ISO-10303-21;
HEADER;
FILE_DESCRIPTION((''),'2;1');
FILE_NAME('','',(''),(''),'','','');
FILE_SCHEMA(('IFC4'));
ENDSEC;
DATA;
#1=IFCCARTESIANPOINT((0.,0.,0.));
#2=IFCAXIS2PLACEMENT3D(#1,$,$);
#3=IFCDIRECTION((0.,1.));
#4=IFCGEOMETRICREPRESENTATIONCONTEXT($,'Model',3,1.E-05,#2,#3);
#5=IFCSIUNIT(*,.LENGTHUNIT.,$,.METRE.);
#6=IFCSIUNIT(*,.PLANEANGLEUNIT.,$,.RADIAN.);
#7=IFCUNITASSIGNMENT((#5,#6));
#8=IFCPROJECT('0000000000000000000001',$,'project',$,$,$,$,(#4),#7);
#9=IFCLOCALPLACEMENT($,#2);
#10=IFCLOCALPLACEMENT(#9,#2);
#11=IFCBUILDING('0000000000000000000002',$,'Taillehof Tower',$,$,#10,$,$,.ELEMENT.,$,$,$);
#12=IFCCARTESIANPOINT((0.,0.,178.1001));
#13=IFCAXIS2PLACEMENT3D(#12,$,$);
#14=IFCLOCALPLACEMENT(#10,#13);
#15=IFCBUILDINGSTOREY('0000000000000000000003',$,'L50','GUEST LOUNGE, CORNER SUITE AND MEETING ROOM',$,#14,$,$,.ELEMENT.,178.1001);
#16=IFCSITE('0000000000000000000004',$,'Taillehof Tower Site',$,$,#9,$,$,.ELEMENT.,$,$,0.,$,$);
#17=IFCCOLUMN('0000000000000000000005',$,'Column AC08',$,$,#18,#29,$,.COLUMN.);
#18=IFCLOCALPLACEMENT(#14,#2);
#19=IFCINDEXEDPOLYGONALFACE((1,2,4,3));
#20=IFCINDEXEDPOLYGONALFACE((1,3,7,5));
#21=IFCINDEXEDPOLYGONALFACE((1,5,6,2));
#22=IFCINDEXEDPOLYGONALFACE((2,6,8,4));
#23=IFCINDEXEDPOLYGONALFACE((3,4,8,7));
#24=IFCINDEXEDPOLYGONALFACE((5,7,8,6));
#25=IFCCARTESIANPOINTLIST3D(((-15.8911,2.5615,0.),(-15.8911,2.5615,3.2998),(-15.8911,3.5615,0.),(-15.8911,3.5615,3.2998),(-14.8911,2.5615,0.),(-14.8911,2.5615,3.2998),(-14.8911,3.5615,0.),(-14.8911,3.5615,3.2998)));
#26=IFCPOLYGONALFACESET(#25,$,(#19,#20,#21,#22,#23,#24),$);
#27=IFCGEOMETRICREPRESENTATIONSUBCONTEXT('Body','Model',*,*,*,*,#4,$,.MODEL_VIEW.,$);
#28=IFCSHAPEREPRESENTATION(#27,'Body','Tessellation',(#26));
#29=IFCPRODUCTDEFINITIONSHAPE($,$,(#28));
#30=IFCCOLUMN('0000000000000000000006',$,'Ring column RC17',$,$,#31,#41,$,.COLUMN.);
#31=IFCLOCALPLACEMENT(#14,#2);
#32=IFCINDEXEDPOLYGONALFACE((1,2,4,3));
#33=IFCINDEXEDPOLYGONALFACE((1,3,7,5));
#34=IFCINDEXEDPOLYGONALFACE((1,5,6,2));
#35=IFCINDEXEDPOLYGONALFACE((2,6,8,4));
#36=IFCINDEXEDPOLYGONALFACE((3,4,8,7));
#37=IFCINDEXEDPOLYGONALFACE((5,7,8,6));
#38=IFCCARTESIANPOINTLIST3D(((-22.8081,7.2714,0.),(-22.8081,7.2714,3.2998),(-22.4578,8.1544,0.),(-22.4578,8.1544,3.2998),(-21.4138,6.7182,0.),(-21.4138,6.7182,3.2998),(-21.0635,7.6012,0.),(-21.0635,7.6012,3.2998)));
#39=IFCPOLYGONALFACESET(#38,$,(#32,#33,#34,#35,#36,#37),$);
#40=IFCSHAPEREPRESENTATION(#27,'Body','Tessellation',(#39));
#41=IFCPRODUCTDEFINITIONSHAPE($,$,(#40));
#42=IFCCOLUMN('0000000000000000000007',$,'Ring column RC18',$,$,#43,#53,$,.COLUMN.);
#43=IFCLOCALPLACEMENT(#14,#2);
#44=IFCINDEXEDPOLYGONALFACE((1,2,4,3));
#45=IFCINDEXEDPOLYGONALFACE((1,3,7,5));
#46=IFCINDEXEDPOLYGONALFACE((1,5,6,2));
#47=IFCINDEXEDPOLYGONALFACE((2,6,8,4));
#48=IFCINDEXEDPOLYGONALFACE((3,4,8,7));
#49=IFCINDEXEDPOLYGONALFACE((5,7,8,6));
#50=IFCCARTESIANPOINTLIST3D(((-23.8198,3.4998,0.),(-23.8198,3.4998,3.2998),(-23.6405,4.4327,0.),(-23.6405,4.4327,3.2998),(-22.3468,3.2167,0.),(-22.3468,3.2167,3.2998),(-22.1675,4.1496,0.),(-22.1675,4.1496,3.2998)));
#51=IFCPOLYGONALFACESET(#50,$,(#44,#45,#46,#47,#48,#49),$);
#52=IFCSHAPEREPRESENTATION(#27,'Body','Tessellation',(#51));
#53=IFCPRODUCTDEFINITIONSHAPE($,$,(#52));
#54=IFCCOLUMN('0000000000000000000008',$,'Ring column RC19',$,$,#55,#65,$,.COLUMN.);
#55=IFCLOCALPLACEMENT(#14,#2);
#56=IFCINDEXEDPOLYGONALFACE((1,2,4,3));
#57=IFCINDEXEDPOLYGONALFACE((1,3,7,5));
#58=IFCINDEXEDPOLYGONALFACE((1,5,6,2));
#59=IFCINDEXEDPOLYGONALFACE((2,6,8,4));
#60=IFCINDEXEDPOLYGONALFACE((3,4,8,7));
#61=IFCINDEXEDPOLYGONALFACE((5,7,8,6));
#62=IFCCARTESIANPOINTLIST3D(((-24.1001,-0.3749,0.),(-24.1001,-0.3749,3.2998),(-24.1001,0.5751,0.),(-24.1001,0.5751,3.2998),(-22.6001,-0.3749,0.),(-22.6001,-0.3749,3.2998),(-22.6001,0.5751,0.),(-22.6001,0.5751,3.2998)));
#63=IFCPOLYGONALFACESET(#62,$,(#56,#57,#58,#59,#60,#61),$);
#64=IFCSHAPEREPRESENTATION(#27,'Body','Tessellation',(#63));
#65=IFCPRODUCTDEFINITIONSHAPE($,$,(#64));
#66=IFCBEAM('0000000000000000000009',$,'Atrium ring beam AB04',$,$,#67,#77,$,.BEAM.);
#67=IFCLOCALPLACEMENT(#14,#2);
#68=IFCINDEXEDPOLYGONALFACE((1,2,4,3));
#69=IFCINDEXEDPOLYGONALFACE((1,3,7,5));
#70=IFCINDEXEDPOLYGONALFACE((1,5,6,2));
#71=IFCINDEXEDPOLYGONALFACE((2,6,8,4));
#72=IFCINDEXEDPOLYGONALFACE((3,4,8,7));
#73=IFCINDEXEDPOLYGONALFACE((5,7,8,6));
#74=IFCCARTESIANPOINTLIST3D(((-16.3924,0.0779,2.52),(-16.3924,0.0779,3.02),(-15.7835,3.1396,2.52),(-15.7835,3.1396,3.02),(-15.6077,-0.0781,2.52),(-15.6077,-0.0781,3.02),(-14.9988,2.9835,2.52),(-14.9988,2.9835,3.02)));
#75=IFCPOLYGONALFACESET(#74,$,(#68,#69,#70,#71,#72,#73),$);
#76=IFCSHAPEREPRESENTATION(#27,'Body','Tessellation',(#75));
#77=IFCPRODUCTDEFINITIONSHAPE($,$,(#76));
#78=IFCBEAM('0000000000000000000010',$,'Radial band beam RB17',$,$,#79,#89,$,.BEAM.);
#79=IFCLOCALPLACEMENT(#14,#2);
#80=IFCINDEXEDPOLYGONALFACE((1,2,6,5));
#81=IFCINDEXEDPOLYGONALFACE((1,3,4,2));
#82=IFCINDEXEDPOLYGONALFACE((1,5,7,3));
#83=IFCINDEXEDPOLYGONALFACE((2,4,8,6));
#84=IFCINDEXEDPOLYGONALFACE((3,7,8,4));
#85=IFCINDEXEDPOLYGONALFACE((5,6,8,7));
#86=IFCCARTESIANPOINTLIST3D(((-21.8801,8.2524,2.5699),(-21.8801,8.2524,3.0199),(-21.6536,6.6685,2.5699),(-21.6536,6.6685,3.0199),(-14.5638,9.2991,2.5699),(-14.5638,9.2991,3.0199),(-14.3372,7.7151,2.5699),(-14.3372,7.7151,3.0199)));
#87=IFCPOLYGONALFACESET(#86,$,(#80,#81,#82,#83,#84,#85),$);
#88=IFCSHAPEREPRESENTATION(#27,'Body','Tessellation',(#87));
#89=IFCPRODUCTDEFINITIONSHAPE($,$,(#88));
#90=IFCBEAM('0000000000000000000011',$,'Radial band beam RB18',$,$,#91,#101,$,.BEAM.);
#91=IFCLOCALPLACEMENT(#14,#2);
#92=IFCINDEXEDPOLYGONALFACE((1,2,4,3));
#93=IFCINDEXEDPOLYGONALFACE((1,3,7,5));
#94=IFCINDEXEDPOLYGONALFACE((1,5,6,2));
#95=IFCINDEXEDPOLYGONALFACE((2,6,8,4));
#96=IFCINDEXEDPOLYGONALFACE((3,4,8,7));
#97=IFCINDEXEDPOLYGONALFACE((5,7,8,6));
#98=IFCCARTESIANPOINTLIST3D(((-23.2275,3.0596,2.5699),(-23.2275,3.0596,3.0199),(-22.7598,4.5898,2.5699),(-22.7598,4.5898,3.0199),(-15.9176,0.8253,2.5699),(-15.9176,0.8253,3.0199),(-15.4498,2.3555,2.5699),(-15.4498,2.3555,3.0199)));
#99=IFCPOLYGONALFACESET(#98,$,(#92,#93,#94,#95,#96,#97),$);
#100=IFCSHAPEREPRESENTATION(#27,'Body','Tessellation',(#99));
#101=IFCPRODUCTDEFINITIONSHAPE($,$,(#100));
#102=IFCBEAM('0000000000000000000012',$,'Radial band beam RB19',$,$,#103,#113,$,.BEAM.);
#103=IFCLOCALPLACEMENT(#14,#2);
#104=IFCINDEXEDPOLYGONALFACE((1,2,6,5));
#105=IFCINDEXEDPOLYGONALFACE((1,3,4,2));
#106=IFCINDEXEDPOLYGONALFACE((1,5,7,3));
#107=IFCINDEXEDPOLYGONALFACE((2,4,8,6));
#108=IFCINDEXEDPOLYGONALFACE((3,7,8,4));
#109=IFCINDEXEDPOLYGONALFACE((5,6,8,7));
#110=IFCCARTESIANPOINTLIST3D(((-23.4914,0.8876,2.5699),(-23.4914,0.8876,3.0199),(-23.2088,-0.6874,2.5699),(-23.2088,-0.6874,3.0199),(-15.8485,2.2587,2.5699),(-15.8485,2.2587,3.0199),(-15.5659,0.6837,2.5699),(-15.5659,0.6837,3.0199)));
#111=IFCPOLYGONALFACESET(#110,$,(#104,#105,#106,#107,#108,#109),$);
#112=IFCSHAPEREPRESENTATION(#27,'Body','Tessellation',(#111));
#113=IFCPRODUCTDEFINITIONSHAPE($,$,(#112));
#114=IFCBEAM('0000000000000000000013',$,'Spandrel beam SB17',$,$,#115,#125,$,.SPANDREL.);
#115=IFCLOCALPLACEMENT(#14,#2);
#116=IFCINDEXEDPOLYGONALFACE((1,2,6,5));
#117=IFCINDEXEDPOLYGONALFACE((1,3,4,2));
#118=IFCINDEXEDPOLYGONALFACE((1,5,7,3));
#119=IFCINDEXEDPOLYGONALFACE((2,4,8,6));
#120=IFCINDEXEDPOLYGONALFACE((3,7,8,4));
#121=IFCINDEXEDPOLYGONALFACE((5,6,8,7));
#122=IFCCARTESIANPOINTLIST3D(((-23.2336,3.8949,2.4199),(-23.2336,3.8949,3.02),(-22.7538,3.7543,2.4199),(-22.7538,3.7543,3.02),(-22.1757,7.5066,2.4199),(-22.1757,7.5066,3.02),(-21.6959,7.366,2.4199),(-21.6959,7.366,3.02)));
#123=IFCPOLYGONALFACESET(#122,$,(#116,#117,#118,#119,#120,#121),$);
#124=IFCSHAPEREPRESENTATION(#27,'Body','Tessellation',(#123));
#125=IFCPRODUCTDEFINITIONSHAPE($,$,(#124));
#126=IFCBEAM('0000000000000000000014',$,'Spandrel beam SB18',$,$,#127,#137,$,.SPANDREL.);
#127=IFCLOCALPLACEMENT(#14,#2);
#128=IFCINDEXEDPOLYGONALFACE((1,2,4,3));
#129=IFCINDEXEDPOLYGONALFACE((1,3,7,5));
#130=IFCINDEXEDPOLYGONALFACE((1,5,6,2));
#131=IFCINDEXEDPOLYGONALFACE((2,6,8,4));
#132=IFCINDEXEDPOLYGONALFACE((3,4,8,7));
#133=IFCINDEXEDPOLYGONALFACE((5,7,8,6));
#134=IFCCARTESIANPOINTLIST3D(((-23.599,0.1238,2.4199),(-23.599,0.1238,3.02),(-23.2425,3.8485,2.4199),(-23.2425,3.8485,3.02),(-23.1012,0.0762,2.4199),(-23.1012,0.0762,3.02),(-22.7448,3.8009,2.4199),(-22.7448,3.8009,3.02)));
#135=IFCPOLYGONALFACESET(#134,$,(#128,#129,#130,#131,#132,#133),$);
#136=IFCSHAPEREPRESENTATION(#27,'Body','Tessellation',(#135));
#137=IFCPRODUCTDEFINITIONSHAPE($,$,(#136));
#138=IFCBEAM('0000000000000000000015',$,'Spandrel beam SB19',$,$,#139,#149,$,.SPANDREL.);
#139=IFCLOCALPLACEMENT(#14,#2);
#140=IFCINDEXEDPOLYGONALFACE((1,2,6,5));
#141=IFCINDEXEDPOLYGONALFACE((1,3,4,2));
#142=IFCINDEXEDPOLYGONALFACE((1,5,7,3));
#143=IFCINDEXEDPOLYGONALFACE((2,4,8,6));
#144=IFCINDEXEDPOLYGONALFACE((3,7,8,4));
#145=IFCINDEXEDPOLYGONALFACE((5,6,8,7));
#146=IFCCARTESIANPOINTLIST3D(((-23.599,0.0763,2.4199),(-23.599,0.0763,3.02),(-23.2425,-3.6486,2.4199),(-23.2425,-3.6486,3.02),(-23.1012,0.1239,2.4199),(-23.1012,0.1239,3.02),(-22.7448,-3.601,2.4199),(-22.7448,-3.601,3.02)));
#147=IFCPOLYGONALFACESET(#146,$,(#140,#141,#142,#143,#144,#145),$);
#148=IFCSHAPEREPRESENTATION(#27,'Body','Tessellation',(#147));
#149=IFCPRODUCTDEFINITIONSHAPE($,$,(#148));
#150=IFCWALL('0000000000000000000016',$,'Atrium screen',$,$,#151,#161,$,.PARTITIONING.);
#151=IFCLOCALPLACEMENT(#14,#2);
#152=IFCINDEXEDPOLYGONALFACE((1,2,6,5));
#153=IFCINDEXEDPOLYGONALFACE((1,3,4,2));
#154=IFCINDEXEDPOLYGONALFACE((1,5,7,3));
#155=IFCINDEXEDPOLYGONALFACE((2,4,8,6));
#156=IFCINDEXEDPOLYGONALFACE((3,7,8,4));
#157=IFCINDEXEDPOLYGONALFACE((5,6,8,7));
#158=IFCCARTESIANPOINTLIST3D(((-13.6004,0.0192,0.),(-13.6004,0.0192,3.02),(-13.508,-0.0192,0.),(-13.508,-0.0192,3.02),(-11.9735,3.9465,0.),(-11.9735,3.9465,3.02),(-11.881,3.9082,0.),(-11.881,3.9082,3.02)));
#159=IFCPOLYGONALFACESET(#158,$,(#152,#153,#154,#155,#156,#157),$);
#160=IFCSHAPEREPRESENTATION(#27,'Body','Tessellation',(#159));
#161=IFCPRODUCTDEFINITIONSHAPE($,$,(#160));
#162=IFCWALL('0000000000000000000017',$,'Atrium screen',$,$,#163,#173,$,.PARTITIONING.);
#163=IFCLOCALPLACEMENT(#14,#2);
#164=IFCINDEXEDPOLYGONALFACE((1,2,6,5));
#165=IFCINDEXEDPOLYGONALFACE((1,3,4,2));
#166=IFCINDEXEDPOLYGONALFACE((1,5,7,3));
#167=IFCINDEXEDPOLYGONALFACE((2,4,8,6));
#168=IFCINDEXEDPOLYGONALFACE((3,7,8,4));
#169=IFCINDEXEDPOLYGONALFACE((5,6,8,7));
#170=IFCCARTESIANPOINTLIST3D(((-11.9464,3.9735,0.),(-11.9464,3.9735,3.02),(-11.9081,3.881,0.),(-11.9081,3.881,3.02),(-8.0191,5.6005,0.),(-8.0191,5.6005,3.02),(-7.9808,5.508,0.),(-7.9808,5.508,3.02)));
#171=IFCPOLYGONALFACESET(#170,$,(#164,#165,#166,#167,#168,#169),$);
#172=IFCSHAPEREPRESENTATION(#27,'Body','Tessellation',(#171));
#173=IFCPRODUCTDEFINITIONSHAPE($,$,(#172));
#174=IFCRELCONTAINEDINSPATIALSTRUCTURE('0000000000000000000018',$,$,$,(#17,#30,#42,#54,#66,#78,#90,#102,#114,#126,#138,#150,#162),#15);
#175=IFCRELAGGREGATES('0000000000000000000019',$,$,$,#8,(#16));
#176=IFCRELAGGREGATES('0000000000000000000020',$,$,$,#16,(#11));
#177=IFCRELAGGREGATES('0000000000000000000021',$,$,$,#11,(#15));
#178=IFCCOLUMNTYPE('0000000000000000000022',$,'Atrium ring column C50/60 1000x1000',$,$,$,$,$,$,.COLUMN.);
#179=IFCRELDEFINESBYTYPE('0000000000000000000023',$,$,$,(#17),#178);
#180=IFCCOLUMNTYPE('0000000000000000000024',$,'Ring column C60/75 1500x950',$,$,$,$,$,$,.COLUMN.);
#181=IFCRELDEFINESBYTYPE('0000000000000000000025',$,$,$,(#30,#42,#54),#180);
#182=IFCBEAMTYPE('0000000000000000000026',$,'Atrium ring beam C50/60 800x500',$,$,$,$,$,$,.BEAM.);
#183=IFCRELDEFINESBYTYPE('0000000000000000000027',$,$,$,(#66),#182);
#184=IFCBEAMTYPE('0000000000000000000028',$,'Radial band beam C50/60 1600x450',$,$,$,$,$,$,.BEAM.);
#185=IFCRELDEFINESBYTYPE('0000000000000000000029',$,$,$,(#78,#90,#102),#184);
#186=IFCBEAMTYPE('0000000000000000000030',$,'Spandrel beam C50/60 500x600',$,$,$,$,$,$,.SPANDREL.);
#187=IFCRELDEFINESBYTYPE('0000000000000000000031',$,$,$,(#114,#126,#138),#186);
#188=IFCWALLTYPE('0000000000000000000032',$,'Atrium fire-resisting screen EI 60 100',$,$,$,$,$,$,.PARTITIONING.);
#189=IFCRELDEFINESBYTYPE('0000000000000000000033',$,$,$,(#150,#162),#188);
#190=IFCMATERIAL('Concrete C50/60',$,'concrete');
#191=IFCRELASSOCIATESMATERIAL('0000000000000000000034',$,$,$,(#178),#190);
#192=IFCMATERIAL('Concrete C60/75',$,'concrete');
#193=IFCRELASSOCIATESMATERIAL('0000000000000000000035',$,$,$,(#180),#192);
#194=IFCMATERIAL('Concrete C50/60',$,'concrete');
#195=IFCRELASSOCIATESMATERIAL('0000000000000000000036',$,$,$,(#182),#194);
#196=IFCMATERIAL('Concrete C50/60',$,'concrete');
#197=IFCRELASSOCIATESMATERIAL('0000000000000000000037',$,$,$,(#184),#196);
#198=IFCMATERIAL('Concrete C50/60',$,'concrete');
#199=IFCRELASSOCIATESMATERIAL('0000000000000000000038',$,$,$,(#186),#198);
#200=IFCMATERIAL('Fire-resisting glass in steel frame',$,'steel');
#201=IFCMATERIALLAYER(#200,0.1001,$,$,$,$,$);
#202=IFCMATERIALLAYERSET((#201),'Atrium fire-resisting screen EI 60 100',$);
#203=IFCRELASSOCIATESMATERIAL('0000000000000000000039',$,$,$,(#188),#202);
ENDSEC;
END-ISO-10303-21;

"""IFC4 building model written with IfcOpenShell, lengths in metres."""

from ifc_helpers import new_model, si_unit, direction, frame, frame_2d, origin, origin_2d, place, context, subcontext, project, spatial, rectangle, extrude, material, layer, layer_set, material_profile, profile_set, type_object, element, save


model = new_model("IFC4")

# Units and contexts
model_context = context("Model", 3, precision=1e-05, world=origin(), true_north=direction((0.0, 1.0)))
body_context = subcontext(model_context, "Body", "Model", "MODEL_VIEW")
ifc_project = project(units=[si_unit("LENGTHUNIT", "METRE"), si_unit("PLANEANGLEUNIT", "RADIAN")], contexts=[model_context])

# Site, building, storey
site_placement = place(None, origin())
site = spatial("IfcSite", under=ifc_project, at=site_placement, Name="Taillehof Tower Site", CompositionType="ELEMENT", RefElevation=0.0)
building_placement = place(site_placement, origin())
building = spatial("IfcBuilding", under=site, at=building_placement, Name="Taillehof Tower", CompositionType="ELEMENT")
storey_placement = place(building_placement, frame((0.0, 0.0, 178.1001)))
storey = spatial("IfcBuildingStorey", under=building, at=storey_placement, Name="L50", Description="GUEST LOUNGE, CORNER SUITE AND MEETING ROOM", CompositionType="ELEMENT", Elevation=178.1001)

# Columns
ifc_material_1 = material(Name="Concrete C50/60", Category="concrete")
ifc_material_profile_1 = material_profile(ifc_material_1, rectangle(XDim=1.0, YDim=1.0, at=origin_2d()), Name="RC 1000x1000")
ifc_profile_set_1 = profile_set([ifc_material_profile_1], Name="Concrete C50/60")
column_type_1 = type_object("IfcColumnType", Name="Atrium ring column C50/60 1000x1000", PredefinedType="COLUMN", material=ifc_profile_set_1)
column_placement = place(storey_placement, frame((-15.3911, 3.0615, 0.0), z_axis=(0.0, 0.0, 1.0), x_axis=(1.0, 0.0, 0.0)))
element("IfcColumn", 1, at=column_placement, inside=storey, type_object=column_type_1, Name="Column AC08", PredefinedType="COLUMN", context=body_context, shape_type="SweptSolid", body=[
    extrude(rectangle(XDim=1.0, YDim=1.0, at=origin_2d()), origin(), (0.0, 0.0, 1.0), 3.2998),
])
ifc_material_2 = material(Name="Concrete C60/75", Category="concrete")
ifc_material_profile_2 = material_profile(ifc_material_2, rectangle(XDim=1.5, YDim=0.95, at=origin_2d()), Name="RC 1500x950")
ifc_profile_set_2 = profile_set([ifc_material_profile_2], Name="Concrete C60/75")
column_type_2 = type_object("IfcColumnType", Name="Ring column C60/75 1500x950", PredefinedType="COLUMN", material=ifc_profile_set_2)
for number, where, z_axis, x_axis, name in (
    (2, (-21.9358, 7.4363, 0.0), (0.0, 0.0, 1.0), (-0.929511, 0.368793, 0.0), "Ring column RC17"),
    (3, (-22.9937, 3.8247, 0.0), (0.0, 0.0, 1.0), (-0.982024, 0.188757, 0.0), "Ring column RC18"),
    (4, (-23.3501, 0.1001, 0.0), (0.0, 0.0, 1.0), (-1.0, 0.0, 0.0), "Ring column RC19"),
):
    element("IfcColumn", number, at=place(storey_placement, frame(where, z_axis=z_axis, x_axis=x_axis)), inside=storey, type_object=column_type_2, Name=name, PredefinedType="COLUMN", context=body_context, shape_type="SweptSolid", body=[
        extrude(rectangle(XDim=1.5, YDim=0.95, at=origin_2d()), origin(), (0.0, 0.0, 1.0), 3.2998),
    ])

# Beams
ifc_material_3 = material(Name="Concrete C50/60", Category="concrete")
ifc_material_profile_3 = material_profile(ifc_material_3, rectangle(XDim=0.8, YDim=0.5, at=origin_2d()), Name="RC 800x500")
ifc_profile_set_3 = profile_set([ifc_material_profile_3], Name="Concrete C50/60")
beam_type_1 = type_object("IfcBeamType", Name="Atrium ring beam C50/60 800x500", PredefinedType="BEAM", material=ifc_profile_set_3)
beam_1_placement = place(storey_placement, frame((-15.3911, 3.0615, 2.77), z_axis=(-0.195063, -0.980791, 0.0), x_axis=(0.980791, -0.195063, 0.0)))
element("IfcBeam", 5, at=beam_1_placement, inside=storey, type_object=beam_type_1, Name="Atrium ring beam AB04", PredefinedType="BEAM", context=body_context, shape_type="SweptSolid", body=[
    extrude(rectangle(XDim=0.8, YDim=0.5, at=origin_2d()), origin(), (0.0, 0.0, 1.0), 3.1216),
])
ifc_material_4 = material(Name="Concrete C50/60", Category="concrete")
ifc_material_profile_4 = material_profile(ifc_material_4, rectangle(XDim=1.6001, YDim=0.45, at=origin_2d()), Name="RC 1600x450")
ifc_profile_set_4 = profile_set([ifc_material_profile_4], Name="Concrete C50/60")
beam_type_2 = type_object("IfcBeamType", Name="Radial band beam C50/60 1600x450", PredefinedType="BEAM", material=ifc_profile_set_4)
beam_2_placement = place(storey_placement, frame((-21.7668, 7.4604, 2.7949), z_axis=(0.989922, 0.141611, 0.0), x_axis=(-0.141611, 0.989922, 0.0)))
element("IfcBeam", 6, at=beam_2_placement, inside=storey, type_object=beam_type_2, Name="Radial band beam RB17", PredefinedType="BEAM", context=body_context, shape_type="SweptSolid", body=[
    extrude(rectangle(XDim=1.6001, YDim=0.45, at=origin_2d()), origin(), (0.0, 0.0, 1.0), 7.3909),
])
beam_3_placement = place(storey_placement, frame((-22.9937, 3.8247, 2.7949), z_axis=(0.956324, -0.292308, 0.0), x_axis=(0.292308, 0.956324, 0.0)))
element("IfcBeam", 7, at=beam_3_placement, inside=storey, type_object=beam_type_2, Name="Radial band beam RB18", PredefinedType="BEAM", context=body_context, shape_type="SweptSolid", body=[
    extrude(rectangle(XDim=1.6001, YDim=0.45, at=origin_2d()), origin(), (0.0, 0.0, 1.0), 7.6438),
])
beam_4_placement = place(storey_placement, frame((-23.3501, 0.1001, 2.7949), z_axis=(0.984287, 0.176577, 0.0), x_axis=(-0.176577, 0.984287, 0.0)))
element("IfcBeam", 8, at=beam_4_placement, inside=storey, type_object=beam_type_2, Name="Radial band beam RB19", PredefinedType="BEAM", context=body_context, shape_type="SweptSolid", body=[
    extrude(rectangle(XDim=1.6001, YDim=0.45, at=origin_2d()), origin(), (0.0, 0.0, 1.0), 7.7649),
])
ifc_material_5 = material(Name="Concrete C50/60", Category="concrete")
ifc_material_profile_5 = material_profile(ifc_material_5, rectangle(XDim=0.5, YDim=0.6001, at=origin_2d()), Name="RC 500x600")
ifc_profile_set_5 = profile_set([ifc_material_profile_5], Name="Concrete C50/60")
beam_type_3 = type_object("IfcBeamType", Name="Spandrel beam C50/60 500x600", PredefinedType="SPANDREL", material=ifc_profile_set_5)
beam_5_placement = place(storey_placement, frame((-21.9358, 7.4363, 2.72), z_axis=(-0.281098, -0.959679, 0.0), x_axis=(0.959679, -0.281098, 0.0)))
element("IfcBeam", 9, at=beam_5_placement, inside=storey, type_object=beam_type_3, Name="Spandrel beam SB17", PredefinedType="SPANDREL", context=body_context, shape_type="SweptSolid", body=[
    extrude(rectangle(XDim=0.5, YDim=0.6001, at=origin_2d()), origin(), (0.0, 0.0, 1.0), 3.7634),
])
beam_6_placement = place(storey_placement, frame((-22.9937, 3.8247, 2.72), z_axis=(-0.095265, -0.995452, 0.0), x_axis=(0.995452, -0.095265, 0.0)))
element("IfcBeam", 10, at=beam_6_placement, inside=storey, type_object=beam_type_3, Name="Spandrel beam SB18", PredefinedType="SPANDREL", context=body_context, shape_type="SweptSolid", body=[
    extrude(rectangle(XDim=0.5, YDim=0.6001, at=origin_2d()), origin(), (0.0, 0.0, 1.0), 3.7417),
])
beam_7_placement = place(storey_placement, frame((-23.3501, 0.1001, 2.72), z_axis=(0.095259, -0.995453, 0.0), x_axis=(0.995453, 0.095259, 0.0)))
element("IfcBeam", 11, at=beam_7_placement, inside=storey, type_object=beam_type_3, Name="Spandrel beam SB19", PredefinedType="SPANDREL", context=body_context, shape_type="SweptSolid", body=[
    extrude(rectangle(XDim=0.5, YDim=0.6001, at=origin_2d()), origin(), (0.0, 0.0, 1.0), 3.7419),
])

# Walls
ifc_material_6 = material(Name="Fire-resisting glass in steel frame", Category="steel")
ifc_layer_1 = layer(ifc_material_6, 0.1001)
ifc_layer_set_1 = layer_set([ifc_layer_1], Name="Atrium fire-resisting screen EI 60 100")
wall_type_1 = type_object("IfcWallType", Name="Atrium fire-resisting screen EI 60 100", PredefinedType="PARTITIONING", material=ifc_layer_set_1)
for number, where, z_axis, x_axis, name in (
    (12, (-13.5542, 0.0, 0.0), (0.0, 0.0, 1.0), (0.382731, 0.92386, 0.0), "Atrium screen"),
    (13, (-11.9272, 3.9272, 0.0), (0.0, 0.0, 1.0), (0.92386, 0.382731, 0.0), "Atrium screen"),
):
    element("IfcWall", number, at=place(storey_placement, frame(where, z_axis=z_axis, x_axis=x_axis)), inside=storey, type_object=wall_type_1, Name=name, PredefinedType="PARTITIONING", context=body_context, shape_type="SweptSolid", body=[
        extrude(rectangle(XDim=4.251, YDim=0.1001, at=frame_2d((2.1255, 0.0))), origin(), (0.0, 0.0, 1.0), 3.02),
    ])

save(model, "model.ifc")
